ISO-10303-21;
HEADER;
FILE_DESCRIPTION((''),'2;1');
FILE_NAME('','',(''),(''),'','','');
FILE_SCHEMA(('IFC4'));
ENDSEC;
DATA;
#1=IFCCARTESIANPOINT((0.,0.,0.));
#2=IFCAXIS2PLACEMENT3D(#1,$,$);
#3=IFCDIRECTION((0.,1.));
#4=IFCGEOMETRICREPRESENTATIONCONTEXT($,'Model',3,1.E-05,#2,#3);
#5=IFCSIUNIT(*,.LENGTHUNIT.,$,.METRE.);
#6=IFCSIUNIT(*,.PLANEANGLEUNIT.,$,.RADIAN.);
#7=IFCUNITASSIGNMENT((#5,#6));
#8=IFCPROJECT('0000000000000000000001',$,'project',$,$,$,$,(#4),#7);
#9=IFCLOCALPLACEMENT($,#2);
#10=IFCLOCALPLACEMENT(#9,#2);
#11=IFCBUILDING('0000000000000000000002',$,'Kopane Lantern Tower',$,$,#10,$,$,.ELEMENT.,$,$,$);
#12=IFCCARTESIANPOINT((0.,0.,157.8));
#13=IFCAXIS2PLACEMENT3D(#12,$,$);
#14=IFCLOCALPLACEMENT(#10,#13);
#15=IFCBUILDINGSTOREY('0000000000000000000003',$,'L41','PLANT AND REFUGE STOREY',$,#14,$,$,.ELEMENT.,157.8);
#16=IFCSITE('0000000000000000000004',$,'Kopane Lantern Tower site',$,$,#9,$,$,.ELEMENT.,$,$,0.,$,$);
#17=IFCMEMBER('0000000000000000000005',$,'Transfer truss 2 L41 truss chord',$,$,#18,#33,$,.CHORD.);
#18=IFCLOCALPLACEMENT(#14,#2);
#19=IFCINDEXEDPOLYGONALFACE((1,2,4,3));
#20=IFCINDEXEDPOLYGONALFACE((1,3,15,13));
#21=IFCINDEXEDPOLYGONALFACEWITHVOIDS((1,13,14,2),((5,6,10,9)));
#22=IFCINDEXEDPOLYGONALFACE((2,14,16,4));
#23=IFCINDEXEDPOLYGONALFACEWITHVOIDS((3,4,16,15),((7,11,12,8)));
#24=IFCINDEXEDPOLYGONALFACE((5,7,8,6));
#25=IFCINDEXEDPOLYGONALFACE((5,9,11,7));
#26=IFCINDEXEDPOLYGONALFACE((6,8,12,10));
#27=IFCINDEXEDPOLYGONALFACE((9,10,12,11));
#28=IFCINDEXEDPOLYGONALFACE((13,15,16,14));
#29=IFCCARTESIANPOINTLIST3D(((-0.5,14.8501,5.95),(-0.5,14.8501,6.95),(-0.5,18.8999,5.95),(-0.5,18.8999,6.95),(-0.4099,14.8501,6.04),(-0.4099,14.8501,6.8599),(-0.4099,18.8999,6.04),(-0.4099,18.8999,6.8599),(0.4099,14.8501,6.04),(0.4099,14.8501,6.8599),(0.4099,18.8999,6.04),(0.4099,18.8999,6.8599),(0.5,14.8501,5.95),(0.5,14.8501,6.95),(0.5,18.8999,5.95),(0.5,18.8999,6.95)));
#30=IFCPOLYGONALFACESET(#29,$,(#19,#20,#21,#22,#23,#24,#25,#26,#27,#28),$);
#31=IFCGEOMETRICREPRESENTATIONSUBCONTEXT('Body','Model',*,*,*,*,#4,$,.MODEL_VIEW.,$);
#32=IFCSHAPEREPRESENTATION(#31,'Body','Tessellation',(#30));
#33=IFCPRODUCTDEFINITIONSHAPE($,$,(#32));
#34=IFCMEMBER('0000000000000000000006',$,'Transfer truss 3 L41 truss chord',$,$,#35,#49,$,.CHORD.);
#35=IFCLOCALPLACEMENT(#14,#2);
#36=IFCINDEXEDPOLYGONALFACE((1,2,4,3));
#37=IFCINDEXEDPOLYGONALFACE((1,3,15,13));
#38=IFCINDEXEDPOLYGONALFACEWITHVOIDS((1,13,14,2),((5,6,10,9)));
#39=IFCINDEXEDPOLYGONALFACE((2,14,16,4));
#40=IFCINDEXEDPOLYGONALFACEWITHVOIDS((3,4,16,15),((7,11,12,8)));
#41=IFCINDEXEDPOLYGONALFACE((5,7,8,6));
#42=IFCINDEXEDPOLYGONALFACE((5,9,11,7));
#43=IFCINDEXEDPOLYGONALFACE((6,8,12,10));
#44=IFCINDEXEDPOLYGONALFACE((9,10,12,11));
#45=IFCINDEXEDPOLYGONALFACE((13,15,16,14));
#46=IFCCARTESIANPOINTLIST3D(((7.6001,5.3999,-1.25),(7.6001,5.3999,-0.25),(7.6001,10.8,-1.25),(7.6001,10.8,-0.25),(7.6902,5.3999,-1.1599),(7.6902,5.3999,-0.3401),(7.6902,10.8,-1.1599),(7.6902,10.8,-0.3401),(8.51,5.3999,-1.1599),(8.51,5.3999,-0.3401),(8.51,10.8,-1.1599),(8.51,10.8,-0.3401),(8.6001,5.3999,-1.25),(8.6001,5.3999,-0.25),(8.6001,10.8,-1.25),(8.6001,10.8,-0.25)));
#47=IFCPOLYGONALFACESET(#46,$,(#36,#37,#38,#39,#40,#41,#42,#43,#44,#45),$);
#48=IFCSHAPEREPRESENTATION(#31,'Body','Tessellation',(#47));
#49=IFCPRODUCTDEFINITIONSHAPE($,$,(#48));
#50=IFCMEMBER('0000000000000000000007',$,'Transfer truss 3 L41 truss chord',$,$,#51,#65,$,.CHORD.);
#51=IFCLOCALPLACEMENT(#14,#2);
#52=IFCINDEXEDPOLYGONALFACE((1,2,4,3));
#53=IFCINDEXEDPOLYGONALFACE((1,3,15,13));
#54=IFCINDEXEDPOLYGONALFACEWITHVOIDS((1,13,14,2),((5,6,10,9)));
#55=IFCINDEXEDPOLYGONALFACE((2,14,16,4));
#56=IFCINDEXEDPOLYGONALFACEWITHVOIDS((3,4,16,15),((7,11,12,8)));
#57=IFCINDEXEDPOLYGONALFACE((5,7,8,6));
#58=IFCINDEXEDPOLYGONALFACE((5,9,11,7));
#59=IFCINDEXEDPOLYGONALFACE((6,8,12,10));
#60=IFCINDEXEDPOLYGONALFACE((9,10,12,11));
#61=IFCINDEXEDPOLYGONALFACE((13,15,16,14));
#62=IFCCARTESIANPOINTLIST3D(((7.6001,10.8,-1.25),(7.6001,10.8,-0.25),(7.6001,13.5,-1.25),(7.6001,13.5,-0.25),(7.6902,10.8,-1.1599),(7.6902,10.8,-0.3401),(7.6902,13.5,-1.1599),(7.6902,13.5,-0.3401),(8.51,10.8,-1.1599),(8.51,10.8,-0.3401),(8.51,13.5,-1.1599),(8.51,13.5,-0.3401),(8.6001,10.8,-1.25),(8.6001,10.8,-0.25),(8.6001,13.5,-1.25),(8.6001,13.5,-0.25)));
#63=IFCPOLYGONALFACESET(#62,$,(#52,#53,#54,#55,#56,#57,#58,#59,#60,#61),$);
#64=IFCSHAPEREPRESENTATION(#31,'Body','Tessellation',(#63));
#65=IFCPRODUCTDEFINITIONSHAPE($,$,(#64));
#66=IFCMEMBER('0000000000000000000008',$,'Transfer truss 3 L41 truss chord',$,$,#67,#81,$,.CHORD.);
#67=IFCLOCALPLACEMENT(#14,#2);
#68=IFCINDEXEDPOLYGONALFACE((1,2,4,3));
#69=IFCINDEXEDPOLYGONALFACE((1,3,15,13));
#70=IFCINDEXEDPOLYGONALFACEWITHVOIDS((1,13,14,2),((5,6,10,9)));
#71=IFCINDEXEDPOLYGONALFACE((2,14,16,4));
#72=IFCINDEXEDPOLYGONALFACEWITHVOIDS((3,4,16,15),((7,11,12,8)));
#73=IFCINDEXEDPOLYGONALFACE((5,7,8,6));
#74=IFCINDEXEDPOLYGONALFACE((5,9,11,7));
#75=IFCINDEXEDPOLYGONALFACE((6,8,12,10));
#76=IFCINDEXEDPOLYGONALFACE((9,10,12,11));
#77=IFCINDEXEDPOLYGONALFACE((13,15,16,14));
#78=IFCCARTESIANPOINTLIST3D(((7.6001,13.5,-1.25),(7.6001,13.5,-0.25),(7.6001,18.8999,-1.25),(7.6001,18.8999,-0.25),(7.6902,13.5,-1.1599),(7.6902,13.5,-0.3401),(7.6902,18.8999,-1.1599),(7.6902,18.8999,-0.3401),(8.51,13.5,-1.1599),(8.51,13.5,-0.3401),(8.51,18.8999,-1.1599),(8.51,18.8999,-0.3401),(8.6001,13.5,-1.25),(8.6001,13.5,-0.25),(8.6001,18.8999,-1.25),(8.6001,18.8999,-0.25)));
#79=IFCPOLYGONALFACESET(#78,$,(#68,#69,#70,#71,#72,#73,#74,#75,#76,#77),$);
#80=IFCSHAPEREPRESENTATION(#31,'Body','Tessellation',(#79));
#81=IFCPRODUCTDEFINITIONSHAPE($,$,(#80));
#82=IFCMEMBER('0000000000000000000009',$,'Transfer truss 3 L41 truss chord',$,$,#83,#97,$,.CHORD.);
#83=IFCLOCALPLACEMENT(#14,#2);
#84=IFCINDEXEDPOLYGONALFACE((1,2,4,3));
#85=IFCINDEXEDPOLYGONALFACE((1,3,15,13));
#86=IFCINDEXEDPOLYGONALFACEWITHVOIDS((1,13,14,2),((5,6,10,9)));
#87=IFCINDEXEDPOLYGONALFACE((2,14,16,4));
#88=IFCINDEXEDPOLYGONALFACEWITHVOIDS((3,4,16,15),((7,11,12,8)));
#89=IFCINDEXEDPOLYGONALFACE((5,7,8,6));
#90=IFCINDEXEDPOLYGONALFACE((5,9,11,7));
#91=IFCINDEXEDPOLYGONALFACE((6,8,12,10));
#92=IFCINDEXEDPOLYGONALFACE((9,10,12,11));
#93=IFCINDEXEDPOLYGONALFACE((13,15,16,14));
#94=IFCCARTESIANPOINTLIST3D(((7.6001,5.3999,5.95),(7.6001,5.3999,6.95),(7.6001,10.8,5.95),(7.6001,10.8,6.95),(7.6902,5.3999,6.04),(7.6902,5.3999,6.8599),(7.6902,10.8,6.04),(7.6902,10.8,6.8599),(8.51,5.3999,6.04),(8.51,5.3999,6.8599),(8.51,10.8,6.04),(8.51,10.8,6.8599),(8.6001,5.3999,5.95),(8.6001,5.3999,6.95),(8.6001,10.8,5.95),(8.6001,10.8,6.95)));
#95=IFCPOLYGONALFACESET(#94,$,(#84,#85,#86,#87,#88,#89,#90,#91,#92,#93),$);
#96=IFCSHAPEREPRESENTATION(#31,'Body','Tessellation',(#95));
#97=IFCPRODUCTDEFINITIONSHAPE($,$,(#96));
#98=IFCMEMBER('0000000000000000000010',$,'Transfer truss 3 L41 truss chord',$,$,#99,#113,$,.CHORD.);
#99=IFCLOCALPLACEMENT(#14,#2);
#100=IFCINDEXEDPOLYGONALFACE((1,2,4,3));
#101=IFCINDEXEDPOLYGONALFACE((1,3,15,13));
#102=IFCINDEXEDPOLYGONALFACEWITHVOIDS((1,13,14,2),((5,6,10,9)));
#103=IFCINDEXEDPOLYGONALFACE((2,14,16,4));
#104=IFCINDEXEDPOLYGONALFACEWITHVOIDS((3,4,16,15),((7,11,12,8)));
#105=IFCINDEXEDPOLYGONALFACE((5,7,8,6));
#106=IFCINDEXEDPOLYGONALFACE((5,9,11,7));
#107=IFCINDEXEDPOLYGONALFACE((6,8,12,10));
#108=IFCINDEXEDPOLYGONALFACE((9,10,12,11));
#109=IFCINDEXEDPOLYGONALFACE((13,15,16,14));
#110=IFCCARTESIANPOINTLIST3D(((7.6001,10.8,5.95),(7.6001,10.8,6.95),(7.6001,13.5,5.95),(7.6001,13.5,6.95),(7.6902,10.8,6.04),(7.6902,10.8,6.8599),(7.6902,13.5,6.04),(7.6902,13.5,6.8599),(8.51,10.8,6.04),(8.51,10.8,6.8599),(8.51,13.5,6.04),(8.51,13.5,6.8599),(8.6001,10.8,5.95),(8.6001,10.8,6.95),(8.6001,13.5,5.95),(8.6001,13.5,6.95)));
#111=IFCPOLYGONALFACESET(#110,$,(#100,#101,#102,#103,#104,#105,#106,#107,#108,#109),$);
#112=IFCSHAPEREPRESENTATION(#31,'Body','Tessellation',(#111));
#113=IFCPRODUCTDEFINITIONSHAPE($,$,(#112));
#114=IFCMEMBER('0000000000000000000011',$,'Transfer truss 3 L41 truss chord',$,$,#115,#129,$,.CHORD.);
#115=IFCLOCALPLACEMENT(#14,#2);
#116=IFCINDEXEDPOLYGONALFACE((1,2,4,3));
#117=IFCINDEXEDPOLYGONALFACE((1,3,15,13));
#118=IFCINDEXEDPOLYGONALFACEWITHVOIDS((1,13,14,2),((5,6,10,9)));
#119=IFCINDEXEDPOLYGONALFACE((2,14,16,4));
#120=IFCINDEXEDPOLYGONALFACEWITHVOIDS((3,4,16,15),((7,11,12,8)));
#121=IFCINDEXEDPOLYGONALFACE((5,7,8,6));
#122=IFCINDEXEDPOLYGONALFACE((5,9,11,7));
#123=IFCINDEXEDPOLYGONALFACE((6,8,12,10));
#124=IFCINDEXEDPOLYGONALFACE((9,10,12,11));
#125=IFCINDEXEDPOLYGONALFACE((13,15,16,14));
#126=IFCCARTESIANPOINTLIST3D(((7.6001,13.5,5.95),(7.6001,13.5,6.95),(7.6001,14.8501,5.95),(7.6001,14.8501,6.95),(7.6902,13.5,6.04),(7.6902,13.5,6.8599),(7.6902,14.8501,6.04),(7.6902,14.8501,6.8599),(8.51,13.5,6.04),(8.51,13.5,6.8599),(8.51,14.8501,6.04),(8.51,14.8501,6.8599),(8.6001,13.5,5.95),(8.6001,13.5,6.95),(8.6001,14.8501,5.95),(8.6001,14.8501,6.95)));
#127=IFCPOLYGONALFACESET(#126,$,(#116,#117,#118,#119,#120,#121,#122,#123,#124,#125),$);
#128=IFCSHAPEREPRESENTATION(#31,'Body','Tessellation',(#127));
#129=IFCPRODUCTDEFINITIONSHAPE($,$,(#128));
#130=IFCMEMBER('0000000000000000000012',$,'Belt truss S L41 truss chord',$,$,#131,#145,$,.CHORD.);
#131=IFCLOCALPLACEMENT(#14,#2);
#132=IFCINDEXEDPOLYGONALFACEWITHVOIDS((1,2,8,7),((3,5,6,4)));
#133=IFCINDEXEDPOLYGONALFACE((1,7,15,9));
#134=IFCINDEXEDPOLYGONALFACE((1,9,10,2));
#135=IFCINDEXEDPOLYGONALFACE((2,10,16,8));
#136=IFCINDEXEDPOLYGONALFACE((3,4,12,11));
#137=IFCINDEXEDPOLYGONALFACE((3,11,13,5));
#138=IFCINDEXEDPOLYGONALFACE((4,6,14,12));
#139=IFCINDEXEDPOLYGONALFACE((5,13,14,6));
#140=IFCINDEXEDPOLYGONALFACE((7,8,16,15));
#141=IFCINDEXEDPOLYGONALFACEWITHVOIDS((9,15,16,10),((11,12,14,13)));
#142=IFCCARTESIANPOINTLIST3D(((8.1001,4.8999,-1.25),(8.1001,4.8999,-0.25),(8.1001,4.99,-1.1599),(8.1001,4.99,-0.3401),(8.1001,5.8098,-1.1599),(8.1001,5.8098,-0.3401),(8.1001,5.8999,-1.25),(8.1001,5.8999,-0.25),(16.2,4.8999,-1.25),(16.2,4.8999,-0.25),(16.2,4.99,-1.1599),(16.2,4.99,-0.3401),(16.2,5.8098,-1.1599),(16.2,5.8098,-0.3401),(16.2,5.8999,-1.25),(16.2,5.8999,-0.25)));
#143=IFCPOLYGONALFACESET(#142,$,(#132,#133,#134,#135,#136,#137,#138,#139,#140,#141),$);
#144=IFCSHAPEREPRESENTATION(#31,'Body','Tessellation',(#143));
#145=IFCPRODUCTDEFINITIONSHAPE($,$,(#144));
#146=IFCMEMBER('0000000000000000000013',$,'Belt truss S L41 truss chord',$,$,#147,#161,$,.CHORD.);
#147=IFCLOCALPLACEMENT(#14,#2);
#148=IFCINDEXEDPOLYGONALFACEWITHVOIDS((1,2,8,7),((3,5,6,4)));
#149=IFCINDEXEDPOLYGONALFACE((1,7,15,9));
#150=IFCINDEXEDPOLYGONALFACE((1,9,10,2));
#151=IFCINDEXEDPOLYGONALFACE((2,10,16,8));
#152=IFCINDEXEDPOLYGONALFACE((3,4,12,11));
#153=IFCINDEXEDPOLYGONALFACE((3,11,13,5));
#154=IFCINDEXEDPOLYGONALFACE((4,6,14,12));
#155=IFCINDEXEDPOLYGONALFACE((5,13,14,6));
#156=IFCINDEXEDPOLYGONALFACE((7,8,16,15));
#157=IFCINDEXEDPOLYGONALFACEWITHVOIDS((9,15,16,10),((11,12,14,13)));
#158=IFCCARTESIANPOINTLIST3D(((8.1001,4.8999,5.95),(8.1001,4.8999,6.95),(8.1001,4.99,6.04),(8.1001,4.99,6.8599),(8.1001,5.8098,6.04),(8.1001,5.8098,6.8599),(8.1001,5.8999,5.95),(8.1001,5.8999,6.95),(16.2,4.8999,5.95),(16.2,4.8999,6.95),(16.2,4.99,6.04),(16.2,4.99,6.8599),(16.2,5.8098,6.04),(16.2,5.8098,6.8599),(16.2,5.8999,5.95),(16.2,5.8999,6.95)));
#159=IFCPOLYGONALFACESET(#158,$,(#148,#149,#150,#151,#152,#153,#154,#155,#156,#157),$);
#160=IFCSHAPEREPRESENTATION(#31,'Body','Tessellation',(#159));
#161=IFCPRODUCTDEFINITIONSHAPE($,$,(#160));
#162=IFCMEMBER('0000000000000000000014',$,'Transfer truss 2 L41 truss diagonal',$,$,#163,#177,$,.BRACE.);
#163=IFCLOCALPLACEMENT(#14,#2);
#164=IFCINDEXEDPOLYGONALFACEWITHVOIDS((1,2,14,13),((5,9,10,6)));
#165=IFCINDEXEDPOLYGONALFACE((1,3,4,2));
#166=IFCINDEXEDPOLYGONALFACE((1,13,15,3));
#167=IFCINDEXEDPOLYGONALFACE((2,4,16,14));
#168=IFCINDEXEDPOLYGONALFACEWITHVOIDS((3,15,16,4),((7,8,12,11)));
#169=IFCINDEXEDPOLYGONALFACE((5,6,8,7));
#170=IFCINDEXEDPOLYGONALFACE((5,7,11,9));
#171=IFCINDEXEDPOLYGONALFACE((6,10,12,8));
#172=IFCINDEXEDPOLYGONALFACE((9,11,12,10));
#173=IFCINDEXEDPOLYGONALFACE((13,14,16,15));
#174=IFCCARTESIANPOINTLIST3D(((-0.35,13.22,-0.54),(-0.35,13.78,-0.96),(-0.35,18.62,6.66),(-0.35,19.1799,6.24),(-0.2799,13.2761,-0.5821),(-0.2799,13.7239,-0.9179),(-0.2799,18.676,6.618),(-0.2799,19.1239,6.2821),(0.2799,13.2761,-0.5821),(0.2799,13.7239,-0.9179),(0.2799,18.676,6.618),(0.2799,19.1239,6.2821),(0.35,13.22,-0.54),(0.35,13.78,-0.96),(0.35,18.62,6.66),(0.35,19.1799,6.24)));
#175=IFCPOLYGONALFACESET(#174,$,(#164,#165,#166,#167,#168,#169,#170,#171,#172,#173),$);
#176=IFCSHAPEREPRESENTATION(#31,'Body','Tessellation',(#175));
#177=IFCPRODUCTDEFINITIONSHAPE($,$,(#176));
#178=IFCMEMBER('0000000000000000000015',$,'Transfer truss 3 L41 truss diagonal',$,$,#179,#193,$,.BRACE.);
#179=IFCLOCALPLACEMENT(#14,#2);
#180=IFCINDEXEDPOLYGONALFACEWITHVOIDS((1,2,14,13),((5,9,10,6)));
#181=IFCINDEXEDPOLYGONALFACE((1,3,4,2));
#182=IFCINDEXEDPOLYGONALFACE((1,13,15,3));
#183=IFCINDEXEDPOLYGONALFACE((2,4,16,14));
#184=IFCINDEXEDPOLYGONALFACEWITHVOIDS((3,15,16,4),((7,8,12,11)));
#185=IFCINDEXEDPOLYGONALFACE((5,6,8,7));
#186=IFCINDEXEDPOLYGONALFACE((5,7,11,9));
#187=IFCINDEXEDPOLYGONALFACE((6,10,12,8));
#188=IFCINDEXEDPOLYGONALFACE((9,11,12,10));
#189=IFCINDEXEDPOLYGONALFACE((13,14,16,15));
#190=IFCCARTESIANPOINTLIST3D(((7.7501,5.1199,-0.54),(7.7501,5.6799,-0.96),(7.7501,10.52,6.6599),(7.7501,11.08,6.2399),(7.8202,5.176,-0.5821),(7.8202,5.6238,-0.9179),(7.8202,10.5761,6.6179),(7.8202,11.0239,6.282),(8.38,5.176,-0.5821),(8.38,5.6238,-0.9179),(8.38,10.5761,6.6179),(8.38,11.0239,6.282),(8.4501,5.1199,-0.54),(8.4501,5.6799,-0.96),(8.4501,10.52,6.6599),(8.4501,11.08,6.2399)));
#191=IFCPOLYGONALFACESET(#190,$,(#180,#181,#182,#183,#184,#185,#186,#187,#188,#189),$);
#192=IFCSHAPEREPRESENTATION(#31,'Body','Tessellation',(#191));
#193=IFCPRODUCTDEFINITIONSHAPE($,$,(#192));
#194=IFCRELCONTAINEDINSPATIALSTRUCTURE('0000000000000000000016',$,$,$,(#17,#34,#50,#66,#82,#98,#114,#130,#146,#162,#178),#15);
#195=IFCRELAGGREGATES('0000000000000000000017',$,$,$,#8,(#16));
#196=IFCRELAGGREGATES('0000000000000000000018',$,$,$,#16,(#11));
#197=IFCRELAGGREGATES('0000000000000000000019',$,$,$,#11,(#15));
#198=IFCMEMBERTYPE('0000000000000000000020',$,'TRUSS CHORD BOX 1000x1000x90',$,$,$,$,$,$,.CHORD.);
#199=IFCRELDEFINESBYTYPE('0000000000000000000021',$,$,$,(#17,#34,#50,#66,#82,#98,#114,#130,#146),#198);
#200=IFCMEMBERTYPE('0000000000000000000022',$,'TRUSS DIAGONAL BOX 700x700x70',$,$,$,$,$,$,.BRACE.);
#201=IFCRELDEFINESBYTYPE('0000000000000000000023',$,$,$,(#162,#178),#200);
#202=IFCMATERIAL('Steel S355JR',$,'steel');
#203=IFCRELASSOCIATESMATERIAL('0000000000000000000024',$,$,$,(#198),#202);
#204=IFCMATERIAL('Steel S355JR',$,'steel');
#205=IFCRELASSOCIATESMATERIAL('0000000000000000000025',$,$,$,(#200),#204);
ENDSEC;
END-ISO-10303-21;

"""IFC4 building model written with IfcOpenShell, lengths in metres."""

from ifc_helpers import new_model, si_unit, direction, frame, origin, origin_2d, place, context, subcontext, project, spatial, hollow_rectangle, extrude, material, material_profile, profile_set, type_object, element, save


model = new_model("IFC4")

# Units and contexts
model_context = context("Model", 3, precision=1e-05, world=origin(), true_north=direction((0.0, 1.0)))
body_context = subcontext(model_context, "Body", "Model", "MODEL_VIEW")
ifc_project = project(units=[si_unit("LENGTHUNIT", "METRE"), si_unit("PLANEANGLEUNIT", "RADIAN")], contexts=[model_context])

# Site, building, storey
site_placement = place(None, origin())
site = spatial("IfcSite", under=ifc_project, at=site_placement, Name="Kopane Lantern Tower site", CompositionType="ELEMENT", RefElevation=0.0)
building_placement = place(site_placement, origin())
building = spatial("IfcBuilding", under=site, at=building_placement, Name="Kopane Lantern Tower", CompositionType="ELEMENT")
storey_placement = place(building_placement, frame((0.0, 0.0, 157.8)))
storey = spatial("IfcBuildingStorey", under=building, at=storey_placement, Name="L41", Description="PLANT AND REFUGE STOREY", CompositionType="ELEMENT", Elevation=157.8)

# Members
ifc_material_1 = material(Name="Steel S355JR", Category="steel")
ifc_material_profile_1 = material_profile(ifc_material_1, hollow_rectangle(XDim=1.0, YDim=1.0, WallThickness=0.0901, at=origin_2d()), Name="BOX 1000x1000x90")
ifc_profile_set_1 = profile_set([ifc_material_profile_1], Name="Steel S355JR")
member_type_1 = type_object("IfcMemberType", Name="TRUSS CHORD BOX 1000x1000x90", PredefinedType="CHORD", material=ifc_profile_set_1)
member_1_placement = place(storey_placement, frame((0.0, 14.8501, 6.45), z_axis=(0.0, 1.0, 0.0), x_axis=(-1.0, 0.0, 0.0)))
element("IfcMember", 1, at=member_1_placement, inside=storey, type_object=member_type_1, Name="Transfer truss 2 L41 truss chord", PredefinedType="CHORD", context=body_context, shape_type="SweptSolid", body=[
    extrude(hollow_rectangle(XDim=1.0, YDim=1.0, WallThickness=0.0901, at=origin_2d()), origin(), (0.0, 0.0, 1.0), 4.0498),
])
member_2_placement = place(storey_placement, frame((8.1001, 5.3999, -0.75), z_axis=(0.0, 1.0, 0.0), x_axis=(-1.0, 0.0, 0.0)))
element("IfcMember", 2, at=member_2_placement, inside=storey, type_object=member_type_1, Name="Transfer truss 3 L41 truss chord", PredefinedType="CHORD", context=body_context, shape_type="SweptSolid", body=[
    extrude(hollow_rectangle(XDim=1.0, YDim=1.0, WallThickness=0.0901, at=origin_2d()), origin(), (0.0, 0.0, 1.0), 5.4001),
])
member_3_placement = place(storey_placement, frame((8.1001, 10.8, -0.75), z_axis=(0.0, 1.0, 0.0), x_axis=(-1.0, 0.0, 0.0)))
element("IfcMember", 3, at=member_3_placement, inside=storey, type_object=member_type_1, Name="Transfer truss 3 L41 truss chord", PredefinedType="CHORD", context=body_context, shape_type="SweptSolid", body=[
    extrude(hollow_rectangle(XDim=1.0, YDim=1.0, WallThickness=0.0901, at=origin_2d()), origin(), (0.0, 0.0, 1.0), 2.7),
])
member_4_placement = place(storey_placement, frame((8.1001, 13.5, -0.75), z_axis=(0.0, 1.0, 0.0), x_axis=(-1.0, 0.0, 0.0)))
element("IfcMember", 4, at=member_4_placement, inside=storey, type_object=member_type_1, Name="Transfer truss 3 L41 truss chord", PredefinedType="CHORD", context=body_context, shape_type="SweptSolid", body=[
    extrude(hollow_rectangle(XDim=1.0, YDim=1.0, WallThickness=0.0901, at=origin_2d()), origin(), (0.0, 0.0, 1.0), 5.3999),
])
member_5_placement = place(storey_placement, frame((8.1001, 5.3999, 6.45), z_axis=(0.0, 1.0, 0.0), x_axis=(-1.0, 0.0, 0.0)))
element("IfcMember", 5, at=member_5_placement, inside=storey, type_object=member_type_1, Name="Transfer truss 3 L41 truss chord", PredefinedType="CHORD", context=body_context, shape_type="SweptSolid", body=[
    extrude(hollow_rectangle(XDim=1.0, YDim=1.0, WallThickness=0.0901, at=origin_2d()), origin(), (0.0, 0.0, 1.0), 5.4001),
])
member_6_placement = place(storey_placement, frame((8.1001, 10.8, 6.45), z_axis=(0.0, 1.0, 0.0), x_axis=(-1.0, 0.0, 0.0)))
element("IfcMember", 6, at=member_6_placement, inside=storey, type_object=member_type_1, Name="Transfer truss 3 L41 truss chord", PredefinedType="CHORD", context=body_context, shape_type="SweptSolid", body=[
    extrude(hollow_rectangle(XDim=1.0, YDim=1.0, WallThickness=0.0901, at=origin_2d()), origin(), (0.0, 0.0, 1.0), 2.7),
])
member_7_placement = place(storey_placement, frame((8.1001, 13.5, 6.45), z_axis=(0.0, 1.0, 0.0), x_axis=(-1.0, 0.0, 0.0)))
element("IfcMember", 7, at=member_7_placement, inside=storey, type_object=member_type_1, Name="Transfer truss 3 L41 truss chord", PredefinedType="CHORD", context=body_context, shape_type="SweptSolid", body=[
    extrude(hollow_rectangle(XDim=1.0, YDim=1.0, WallThickness=0.0901, at=origin_2d()), origin(), (0.0, 0.0, 1.0), 1.3501),
])
for number, where, z_axis, x_axis, name in (
    (8, (8.1001, 5.3999, -0.75), (1.0, 0.0, 0.0), (0.0, 1.0, 0.0), "Belt truss S L41 truss chord"),
    (9, (8.1001, 5.3999, 6.45), (1.0, 0.0, 0.0), (0.0, 1.0, 0.0), "Belt truss S L41 truss chord"),
):
    element("IfcMember", number, at=place(storey_placement, frame(where, z_axis=z_axis, x_axis=x_axis)), inside=storey, type_object=member_type_1, Name=name, PredefinedType="CHORD", context=body_context, shape_type="SweptSolid", body=[
        extrude(hollow_rectangle(XDim=1.0, YDim=1.0, WallThickness=0.0901, at=origin_2d()), origin(), (0.0, 0.0, 1.0), 8.0999),
    ])
ifc_material_2 = material(Name="Steel S355JR", Category="steel")
ifc_material_profile_2 = material_profile(ifc_material_2, hollow_rectangle(XDim=0.7, YDim=0.7, WallThickness=0.0701, at=origin_2d()), Name="BOX 700x700x70")
ifc_profile_set_2 = profile_set([ifc_material_profile_2], Name="Steel S355JR")
member_type_2 = type_object("IfcMemberType", Name="TRUSS DIAGONAL BOX 700x700x70", PredefinedType="BRACE", material=ifc_profile_set_2)
for number, where, z_axis, x_axis, name in (
    (10, (0.0, 13.5, -0.75), (0.0, 0.599996, 0.800003), (-1.0, 0.0, 0.0), "Transfer truss 2 L41 truss diagonal"),
    (11, (8.1001, 5.3999, -0.75), (0.0, 0.600013, 0.79999), (-1.0, 0.0, 0.0), "Transfer truss 3 L41 truss diagonal"),
):
    element("IfcMember", number, at=place(storey_placement, frame(where, z_axis=z_axis, x_axis=x_axis)), inside=storey, type_object=member_type_2, Name=name, PredefinedType="BRACE", context=body_context, shape_type="SweptSolid", body=[
        extrude(hollow_rectangle(XDim=0.7, YDim=0.7, WallThickness=0.0701, at=origin_2d()), origin(), (0.0, 0.0, 1.0), 9.0),
    ])

save(model, "model.ifc")
